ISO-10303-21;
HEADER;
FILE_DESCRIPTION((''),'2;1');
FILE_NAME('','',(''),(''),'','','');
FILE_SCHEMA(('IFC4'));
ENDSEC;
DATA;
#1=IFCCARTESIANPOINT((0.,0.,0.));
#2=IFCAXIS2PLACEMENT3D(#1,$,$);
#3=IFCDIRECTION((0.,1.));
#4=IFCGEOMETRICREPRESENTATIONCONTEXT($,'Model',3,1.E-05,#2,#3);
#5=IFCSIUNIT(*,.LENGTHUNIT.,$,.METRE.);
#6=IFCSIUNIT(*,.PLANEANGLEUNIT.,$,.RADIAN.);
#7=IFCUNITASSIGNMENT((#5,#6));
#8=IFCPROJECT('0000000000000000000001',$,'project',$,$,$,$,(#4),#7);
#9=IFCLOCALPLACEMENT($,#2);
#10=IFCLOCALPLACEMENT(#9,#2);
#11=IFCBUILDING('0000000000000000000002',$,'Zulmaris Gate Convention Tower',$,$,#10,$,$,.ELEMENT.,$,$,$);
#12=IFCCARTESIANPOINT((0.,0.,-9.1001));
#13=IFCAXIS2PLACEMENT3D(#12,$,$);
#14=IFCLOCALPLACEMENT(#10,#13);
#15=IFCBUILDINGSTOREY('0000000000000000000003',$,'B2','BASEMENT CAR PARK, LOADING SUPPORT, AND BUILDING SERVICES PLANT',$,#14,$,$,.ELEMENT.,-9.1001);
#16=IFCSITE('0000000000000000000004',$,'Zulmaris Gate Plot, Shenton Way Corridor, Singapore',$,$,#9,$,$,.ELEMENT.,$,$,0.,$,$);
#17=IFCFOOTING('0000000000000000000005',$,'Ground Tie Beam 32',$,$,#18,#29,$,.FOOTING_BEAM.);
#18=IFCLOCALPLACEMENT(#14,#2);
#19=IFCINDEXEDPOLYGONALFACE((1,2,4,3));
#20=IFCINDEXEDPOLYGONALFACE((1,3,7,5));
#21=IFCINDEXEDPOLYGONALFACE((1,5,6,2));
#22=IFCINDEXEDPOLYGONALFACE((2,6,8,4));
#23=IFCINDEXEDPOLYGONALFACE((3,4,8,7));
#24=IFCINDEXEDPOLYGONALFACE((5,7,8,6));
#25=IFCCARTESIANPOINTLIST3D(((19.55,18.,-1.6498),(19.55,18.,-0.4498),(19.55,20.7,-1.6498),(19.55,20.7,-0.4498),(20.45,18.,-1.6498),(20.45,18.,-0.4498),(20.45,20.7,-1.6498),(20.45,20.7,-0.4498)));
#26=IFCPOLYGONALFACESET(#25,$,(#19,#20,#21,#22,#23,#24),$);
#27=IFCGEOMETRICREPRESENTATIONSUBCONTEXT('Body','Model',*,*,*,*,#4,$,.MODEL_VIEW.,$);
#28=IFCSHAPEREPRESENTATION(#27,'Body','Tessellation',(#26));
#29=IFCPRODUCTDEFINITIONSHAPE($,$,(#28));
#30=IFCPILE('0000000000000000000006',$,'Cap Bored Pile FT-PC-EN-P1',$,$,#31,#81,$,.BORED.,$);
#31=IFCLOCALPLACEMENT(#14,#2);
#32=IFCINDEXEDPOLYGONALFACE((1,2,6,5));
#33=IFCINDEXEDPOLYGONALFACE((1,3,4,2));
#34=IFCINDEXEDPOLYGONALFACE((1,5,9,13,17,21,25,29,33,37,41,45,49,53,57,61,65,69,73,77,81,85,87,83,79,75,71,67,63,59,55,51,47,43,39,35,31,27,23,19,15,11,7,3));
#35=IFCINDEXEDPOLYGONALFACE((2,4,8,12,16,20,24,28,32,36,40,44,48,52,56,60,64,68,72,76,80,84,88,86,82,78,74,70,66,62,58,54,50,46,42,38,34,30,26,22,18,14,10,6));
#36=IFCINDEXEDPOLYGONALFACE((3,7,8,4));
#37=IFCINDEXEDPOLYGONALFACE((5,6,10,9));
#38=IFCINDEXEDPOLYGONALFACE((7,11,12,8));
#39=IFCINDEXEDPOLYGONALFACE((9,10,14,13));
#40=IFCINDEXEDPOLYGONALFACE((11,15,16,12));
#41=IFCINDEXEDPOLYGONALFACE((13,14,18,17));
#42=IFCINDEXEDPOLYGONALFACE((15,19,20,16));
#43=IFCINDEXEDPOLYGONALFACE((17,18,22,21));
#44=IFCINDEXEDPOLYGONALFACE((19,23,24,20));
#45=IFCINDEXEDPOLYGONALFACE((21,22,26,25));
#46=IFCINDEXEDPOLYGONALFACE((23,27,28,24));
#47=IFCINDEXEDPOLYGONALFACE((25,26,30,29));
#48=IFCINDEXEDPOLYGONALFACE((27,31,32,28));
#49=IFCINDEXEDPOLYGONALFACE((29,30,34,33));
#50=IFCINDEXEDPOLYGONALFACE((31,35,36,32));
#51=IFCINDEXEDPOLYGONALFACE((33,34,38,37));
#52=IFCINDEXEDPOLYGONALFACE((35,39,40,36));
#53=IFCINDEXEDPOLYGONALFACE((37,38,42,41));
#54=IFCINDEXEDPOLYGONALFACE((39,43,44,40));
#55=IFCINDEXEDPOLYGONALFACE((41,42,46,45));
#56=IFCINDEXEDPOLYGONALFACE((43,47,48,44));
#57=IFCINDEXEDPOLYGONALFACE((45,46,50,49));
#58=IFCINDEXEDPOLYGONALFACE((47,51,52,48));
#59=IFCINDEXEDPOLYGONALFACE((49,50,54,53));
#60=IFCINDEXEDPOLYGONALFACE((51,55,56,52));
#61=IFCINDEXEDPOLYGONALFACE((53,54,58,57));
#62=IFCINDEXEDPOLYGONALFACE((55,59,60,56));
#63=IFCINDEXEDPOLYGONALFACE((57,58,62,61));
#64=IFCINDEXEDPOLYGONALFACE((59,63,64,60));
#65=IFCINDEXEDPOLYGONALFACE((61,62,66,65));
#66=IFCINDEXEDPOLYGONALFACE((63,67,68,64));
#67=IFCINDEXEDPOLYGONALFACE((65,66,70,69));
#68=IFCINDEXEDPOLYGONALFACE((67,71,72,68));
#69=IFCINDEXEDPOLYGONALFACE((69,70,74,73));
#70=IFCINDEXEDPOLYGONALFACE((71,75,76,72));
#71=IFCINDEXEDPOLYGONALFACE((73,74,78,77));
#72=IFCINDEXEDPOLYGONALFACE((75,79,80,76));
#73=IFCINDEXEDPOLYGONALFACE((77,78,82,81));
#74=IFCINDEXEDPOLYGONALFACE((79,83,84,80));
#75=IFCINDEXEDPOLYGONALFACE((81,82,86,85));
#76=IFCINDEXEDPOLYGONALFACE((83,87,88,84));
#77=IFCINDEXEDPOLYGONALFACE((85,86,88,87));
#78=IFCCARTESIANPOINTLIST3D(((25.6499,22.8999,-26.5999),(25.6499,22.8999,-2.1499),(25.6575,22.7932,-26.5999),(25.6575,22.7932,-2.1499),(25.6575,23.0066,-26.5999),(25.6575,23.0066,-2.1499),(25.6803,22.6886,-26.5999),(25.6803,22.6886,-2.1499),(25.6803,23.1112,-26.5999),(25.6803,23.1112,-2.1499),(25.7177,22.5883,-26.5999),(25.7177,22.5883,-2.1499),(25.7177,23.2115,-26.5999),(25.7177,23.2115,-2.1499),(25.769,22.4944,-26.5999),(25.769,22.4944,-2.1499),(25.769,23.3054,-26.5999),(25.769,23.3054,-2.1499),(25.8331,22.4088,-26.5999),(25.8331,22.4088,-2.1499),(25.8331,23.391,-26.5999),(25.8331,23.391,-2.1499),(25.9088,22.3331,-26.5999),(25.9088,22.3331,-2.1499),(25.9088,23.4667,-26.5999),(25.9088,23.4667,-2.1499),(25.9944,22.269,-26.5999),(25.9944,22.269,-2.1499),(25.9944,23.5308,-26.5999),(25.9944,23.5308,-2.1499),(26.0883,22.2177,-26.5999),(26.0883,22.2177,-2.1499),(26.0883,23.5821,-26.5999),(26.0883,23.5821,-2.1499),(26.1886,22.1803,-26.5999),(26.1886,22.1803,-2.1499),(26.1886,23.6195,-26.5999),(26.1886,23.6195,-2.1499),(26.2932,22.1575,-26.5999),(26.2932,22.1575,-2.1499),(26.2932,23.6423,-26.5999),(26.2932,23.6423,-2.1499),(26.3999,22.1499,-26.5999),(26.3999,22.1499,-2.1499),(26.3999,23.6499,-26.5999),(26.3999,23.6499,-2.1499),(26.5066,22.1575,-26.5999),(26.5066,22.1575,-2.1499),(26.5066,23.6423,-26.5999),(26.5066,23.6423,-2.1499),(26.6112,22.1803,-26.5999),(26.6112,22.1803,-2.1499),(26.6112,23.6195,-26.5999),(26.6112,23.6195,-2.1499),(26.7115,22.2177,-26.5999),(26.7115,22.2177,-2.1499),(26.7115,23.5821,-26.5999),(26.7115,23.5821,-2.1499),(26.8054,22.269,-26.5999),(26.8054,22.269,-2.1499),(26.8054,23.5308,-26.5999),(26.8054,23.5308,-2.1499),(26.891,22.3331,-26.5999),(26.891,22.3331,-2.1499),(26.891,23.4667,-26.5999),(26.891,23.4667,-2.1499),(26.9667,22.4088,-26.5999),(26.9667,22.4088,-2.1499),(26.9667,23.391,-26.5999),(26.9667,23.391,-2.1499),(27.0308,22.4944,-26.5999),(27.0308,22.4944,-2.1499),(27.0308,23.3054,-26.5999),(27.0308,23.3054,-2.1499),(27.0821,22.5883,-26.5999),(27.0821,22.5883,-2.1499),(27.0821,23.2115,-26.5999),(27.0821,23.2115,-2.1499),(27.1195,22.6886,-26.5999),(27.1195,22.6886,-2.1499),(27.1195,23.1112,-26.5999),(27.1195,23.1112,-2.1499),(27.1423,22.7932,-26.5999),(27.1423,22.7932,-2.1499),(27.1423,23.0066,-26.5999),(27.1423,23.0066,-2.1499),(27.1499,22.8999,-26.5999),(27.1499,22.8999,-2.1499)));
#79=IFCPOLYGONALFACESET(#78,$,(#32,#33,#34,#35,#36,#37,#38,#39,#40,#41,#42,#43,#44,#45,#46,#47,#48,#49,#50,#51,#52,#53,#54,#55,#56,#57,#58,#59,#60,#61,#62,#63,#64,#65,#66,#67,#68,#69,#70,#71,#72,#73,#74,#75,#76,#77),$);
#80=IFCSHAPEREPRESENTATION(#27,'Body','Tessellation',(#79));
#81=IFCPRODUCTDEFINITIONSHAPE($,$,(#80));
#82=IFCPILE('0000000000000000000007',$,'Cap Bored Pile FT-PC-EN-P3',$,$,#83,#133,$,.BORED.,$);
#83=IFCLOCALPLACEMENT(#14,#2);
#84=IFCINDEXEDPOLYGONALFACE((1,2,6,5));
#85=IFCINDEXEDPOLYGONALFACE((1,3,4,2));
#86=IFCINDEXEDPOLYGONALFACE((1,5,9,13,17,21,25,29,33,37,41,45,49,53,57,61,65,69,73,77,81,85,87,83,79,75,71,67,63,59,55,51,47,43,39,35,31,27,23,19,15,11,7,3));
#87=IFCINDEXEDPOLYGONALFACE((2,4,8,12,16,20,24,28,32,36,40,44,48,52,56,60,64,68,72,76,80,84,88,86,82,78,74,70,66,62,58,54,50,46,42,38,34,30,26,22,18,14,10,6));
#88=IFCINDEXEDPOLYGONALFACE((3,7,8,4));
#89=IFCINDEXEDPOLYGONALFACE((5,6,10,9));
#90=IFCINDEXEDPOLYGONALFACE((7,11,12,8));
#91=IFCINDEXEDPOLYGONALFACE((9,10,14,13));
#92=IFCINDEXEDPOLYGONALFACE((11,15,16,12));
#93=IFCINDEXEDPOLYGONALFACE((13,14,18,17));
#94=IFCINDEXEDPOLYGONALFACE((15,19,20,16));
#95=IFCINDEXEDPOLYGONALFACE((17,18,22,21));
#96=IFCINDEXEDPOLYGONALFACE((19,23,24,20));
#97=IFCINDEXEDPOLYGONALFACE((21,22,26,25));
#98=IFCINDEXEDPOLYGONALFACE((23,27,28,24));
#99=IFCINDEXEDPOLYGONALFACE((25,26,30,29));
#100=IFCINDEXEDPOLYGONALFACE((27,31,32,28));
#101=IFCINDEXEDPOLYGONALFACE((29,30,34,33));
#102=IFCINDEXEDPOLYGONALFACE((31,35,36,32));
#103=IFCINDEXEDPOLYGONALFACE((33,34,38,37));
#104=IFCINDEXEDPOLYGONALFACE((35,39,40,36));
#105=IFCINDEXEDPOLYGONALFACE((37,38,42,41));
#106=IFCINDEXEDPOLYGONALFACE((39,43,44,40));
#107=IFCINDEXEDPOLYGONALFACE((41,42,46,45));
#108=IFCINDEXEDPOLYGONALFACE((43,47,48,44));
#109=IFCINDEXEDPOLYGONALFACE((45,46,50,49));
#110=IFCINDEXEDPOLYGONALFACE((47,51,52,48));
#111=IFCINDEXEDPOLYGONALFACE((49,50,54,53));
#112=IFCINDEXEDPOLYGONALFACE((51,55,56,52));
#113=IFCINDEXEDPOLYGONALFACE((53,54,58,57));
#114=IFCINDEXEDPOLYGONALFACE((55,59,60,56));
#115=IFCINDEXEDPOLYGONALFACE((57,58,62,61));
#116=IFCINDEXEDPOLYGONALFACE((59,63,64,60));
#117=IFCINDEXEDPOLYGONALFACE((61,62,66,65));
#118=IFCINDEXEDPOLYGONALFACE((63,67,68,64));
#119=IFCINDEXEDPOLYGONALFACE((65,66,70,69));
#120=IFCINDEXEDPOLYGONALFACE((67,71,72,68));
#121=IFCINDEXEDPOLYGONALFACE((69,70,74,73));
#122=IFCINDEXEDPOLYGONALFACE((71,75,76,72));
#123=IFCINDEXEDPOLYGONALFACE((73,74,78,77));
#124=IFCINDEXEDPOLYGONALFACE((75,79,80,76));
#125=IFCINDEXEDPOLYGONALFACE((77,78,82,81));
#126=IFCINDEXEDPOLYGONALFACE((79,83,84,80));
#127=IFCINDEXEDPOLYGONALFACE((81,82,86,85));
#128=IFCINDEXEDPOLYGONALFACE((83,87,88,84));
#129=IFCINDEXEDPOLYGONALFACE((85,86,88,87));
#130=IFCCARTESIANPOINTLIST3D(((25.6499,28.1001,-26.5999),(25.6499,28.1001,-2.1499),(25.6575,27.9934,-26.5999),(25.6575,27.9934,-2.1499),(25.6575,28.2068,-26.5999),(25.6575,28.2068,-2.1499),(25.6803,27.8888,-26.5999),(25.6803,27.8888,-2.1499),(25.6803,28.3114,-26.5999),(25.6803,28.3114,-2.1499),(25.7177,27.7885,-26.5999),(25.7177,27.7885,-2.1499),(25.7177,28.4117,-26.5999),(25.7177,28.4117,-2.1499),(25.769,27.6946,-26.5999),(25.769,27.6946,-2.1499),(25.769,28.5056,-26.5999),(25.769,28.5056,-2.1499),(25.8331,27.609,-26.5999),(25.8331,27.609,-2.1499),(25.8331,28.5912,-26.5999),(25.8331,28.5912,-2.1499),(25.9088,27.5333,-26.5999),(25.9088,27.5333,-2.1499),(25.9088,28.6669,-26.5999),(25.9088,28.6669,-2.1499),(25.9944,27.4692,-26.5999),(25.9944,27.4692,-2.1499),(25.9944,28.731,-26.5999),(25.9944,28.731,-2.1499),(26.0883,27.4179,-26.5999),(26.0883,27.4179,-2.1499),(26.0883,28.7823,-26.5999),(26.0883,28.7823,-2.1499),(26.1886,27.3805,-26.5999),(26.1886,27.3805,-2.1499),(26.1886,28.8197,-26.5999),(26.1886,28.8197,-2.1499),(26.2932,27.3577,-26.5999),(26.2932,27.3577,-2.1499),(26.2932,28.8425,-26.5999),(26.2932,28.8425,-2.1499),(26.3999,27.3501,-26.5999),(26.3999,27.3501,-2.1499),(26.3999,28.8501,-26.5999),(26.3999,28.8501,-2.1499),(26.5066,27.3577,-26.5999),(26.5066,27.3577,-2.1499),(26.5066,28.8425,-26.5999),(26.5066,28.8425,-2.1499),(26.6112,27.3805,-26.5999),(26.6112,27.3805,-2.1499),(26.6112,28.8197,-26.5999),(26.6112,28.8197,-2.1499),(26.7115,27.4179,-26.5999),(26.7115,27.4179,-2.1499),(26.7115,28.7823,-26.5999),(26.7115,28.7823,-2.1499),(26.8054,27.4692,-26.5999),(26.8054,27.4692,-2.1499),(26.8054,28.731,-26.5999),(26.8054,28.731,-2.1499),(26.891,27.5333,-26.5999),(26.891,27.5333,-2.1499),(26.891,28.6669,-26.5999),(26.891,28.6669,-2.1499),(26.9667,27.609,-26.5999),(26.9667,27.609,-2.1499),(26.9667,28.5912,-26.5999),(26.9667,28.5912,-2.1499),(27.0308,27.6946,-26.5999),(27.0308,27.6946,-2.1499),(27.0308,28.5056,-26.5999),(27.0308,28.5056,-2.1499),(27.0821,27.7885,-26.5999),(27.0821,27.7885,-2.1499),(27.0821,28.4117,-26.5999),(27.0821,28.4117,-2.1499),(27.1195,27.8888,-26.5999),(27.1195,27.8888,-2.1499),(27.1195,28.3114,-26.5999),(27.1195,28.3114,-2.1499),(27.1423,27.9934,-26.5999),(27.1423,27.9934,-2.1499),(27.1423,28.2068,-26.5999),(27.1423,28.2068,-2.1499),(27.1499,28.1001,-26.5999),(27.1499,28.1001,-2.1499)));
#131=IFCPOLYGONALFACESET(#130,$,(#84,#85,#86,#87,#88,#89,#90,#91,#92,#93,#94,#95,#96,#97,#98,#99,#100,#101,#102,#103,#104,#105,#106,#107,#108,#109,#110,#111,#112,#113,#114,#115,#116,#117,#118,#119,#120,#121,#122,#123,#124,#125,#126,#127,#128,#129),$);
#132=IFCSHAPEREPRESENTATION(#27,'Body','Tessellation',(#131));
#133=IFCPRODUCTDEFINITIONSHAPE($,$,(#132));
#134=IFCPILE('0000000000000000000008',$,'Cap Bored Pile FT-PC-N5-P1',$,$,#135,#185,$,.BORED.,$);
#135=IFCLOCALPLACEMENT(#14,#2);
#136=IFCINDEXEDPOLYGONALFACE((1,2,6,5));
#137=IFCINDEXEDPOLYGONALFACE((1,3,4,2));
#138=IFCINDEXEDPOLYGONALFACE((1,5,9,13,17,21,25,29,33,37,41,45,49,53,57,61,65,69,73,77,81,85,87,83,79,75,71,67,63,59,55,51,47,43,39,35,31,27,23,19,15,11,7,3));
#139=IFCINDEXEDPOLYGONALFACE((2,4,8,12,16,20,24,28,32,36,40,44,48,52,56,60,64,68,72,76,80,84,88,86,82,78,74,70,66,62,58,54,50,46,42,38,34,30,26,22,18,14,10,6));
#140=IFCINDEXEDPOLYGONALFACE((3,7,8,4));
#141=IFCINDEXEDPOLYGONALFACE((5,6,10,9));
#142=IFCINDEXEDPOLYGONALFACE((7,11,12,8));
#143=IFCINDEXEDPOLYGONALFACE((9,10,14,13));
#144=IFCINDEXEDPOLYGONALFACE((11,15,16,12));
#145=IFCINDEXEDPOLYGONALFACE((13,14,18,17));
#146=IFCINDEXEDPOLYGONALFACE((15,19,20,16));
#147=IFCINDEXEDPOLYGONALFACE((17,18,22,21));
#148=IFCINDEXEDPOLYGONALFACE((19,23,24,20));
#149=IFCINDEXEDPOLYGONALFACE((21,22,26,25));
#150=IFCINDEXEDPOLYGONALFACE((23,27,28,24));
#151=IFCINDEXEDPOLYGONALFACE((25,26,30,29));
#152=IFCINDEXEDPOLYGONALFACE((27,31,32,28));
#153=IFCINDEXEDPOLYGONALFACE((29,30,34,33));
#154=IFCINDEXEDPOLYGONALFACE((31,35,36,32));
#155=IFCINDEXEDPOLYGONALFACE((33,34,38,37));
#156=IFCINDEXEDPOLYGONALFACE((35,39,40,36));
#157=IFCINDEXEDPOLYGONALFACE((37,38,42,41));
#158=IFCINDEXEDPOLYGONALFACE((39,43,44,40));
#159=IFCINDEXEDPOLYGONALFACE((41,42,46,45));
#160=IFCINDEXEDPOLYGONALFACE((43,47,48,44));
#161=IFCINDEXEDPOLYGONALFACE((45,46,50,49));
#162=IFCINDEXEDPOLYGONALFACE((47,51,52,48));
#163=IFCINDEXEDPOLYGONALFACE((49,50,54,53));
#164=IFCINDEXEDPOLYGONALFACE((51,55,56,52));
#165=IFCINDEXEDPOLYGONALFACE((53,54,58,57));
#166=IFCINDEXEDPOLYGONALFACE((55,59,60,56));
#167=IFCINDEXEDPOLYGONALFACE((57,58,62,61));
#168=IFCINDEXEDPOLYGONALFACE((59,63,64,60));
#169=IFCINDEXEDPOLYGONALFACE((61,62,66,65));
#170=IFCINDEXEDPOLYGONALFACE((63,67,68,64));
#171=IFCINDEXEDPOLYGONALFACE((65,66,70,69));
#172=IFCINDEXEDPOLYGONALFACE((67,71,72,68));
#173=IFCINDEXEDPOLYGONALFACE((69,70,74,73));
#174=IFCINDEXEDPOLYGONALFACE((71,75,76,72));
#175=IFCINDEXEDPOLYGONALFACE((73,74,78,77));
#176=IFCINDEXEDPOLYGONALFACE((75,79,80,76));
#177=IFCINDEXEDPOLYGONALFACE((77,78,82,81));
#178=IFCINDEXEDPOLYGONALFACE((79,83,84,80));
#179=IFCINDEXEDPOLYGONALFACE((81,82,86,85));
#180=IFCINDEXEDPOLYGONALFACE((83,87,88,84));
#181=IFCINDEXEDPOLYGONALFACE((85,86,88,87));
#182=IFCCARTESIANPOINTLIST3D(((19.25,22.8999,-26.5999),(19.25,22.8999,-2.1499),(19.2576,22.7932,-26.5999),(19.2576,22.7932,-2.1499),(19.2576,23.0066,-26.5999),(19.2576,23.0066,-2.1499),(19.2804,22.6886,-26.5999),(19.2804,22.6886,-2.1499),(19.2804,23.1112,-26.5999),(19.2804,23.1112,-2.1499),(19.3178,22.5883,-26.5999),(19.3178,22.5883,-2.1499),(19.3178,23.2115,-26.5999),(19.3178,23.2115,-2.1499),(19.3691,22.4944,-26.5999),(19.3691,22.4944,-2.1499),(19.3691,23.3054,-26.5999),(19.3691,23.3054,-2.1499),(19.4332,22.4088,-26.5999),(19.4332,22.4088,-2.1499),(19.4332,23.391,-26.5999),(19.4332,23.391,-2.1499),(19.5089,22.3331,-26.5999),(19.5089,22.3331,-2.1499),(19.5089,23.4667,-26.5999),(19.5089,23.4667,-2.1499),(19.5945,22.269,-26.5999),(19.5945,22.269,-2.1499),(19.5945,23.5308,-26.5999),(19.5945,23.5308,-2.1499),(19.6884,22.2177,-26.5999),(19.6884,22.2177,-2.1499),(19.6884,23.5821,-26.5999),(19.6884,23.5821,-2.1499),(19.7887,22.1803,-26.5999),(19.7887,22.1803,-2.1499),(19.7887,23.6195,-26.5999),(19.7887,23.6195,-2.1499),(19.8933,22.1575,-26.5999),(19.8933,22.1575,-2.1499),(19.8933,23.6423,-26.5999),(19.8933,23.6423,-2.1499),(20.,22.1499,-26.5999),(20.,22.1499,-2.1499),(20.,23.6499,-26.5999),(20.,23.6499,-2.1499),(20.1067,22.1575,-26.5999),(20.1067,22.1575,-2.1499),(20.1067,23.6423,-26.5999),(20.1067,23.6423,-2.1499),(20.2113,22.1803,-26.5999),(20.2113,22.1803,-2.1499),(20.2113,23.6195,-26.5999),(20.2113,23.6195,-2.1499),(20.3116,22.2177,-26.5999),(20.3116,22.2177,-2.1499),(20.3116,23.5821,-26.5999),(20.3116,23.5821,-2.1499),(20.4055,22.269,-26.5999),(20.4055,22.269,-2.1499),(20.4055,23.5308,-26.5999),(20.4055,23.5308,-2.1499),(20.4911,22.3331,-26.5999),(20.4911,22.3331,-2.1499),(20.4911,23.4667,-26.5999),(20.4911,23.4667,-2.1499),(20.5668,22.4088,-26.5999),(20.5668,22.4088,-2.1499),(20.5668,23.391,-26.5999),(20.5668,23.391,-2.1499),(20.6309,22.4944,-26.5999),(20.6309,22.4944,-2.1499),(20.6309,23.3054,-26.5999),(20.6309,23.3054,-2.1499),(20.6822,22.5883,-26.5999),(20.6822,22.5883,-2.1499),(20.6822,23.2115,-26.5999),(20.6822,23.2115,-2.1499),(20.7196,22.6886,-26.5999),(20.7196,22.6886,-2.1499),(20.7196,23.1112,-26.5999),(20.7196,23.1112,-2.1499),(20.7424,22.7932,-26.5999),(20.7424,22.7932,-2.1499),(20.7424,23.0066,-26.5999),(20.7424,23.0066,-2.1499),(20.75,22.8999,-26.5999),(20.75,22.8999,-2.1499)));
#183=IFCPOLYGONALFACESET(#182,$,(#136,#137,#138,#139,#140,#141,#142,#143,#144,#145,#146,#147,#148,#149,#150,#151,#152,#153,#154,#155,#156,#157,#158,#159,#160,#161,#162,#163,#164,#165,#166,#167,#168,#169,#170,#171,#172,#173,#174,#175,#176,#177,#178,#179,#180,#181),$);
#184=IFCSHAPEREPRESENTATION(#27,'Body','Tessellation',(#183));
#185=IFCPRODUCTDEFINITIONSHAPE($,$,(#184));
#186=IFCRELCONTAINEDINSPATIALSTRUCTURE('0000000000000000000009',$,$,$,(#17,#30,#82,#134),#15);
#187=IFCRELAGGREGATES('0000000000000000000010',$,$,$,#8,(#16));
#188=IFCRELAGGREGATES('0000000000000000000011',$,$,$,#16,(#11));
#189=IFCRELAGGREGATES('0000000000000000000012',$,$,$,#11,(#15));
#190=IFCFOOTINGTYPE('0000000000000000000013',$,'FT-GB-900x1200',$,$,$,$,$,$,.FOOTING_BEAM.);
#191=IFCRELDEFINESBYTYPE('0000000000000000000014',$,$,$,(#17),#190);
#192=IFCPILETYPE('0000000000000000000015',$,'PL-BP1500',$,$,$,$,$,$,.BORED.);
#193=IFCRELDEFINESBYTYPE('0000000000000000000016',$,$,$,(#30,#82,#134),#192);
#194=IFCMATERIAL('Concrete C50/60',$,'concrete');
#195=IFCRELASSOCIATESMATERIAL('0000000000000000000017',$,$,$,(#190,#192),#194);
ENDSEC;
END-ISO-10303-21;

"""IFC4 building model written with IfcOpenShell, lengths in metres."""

from ifc_helpers import new_model, si_unit, direction, frame, origin, origin_2d, place, context, subcontext, project, spatial, rectangle, circle, extrude, material, material_profile, profile_set, type_object, element, save


model = new_model("IFC4")

# Units and contexts
model_context = context("Model", 3, precision=1e-05, world=origin(), true_north=direction((0.0, 1.0)))
body_context = subcontext(model_context, "Body", "Model", "MODEL_VIEW")
ifc_project = project(units=[si_unit("LENGTHUNIT", "METRE"), si_unit("PLANEANGLEUNIT", "RADIAN")], contexts=[model_context])

# Site, building, storey
site_placement = place(None, origin())
site = spatial("IfcSite", under=ifc_project, at=site_placement, Name="Zulmaris Gate Plot, Shenton Way Corridor, Singapore", CompositionType="ELEMENT", RefElevation=0.0)
building_placement = place(site_placement, origin())
building = spatial("IfcBuilding", under=site, at=building_placement, Name="Zulmaris Gate Convention Tower", CompositionType="ELEMENT")
storey_placement = place(building_placement, frame((0.0, 0.0, -9.1001)))
storey = spatial("IfcBuildingStorey", under=building, at=storey_placement, Name="B2", Description="BASEMENT CAR PARK, LOADING SUPPORT, AND BUILDING SERVICES PLANT", CompositionType="ELEMENT", Elevation=-9.1001)

# Footing
ifc_material_1 = material(Name="Concrete C50/60", Category="concrete")
ifc_material_profile_1 = material_profile(ifc_material_1, rectangle(XDim=0.8999, YDim=1.2, at=origin_2d()), Name="RC TIE 900x1200")
ifc_profile_set_1 = profile_set([ifc_material_profile_1], Name="Concrete C50/60")
footing_type = type_object("IfcFootingType", Name="FT-GB-900x1200", PredefinedType="FOOTING_BEAM", material=ifc_profile_set_1)
footing_placement = place(storey_placement, frame((20.0, 18.0, -1.0498), z_axis=(0.0, 1.0, 0.0), x_axis=(-1.0, 0.0, 0.0)))
element("IfcFooting", 1, at=footing_placement, inside=storey, type_object=footing_type, Name="Ground Tie Beam 32", PredefinedType="FOOTING_BEAM", context=body_context, shape_type="SweptSolid", body=[
    extrude(rectangle(XDim=0.8999, YDim=1.2, at=origin_2d()), origin(), (0.0, 0.0, 1.0), 2.7),
])

# Piles
ifc_material_profile_2 = material_profile(ifc_material_1, circle(Radius=0.75, at=origin_2d()), Name="BORED PILE 1500")
ifc_profile_set_2 = profile_set([ifc_material_profile_2], Name="Concrete C50/60")
pile_type = type_object("IfcPileType", Name="PL-BP1500", PredefinedType="BORED", material=ifc_profile_set_2)
for number, where, z_axis, x_axis, name in (
    (2, (26.3999, 22.8999, -2.1499), (0.0, 0.0, -1.0), (1.0, 0.0, 0.0), "Cap Bored Pile FT-PC-EN-P1"),
    (3, (26.3999, 28.1001, -2.1499), (0.0, 0.0, -1.0), (1.0, 0.0, 0.0), "Cap Bored Pile FT-PC-EN-P3"),
    (4, (20.0, 22.8999, -2.1499), (0.0, 0.0, -1.0), (1.0, 0.0, 0.0), "Cap Bored Pile FT-PC-N5-P1"),
):
    element("IfcPile", number, at=place(storey_placement, frame(where, z_axis=z_axis, x_axis=x_axis)), inside=storey, type_object=pile_type, Name=name, PredefinedType="BORED", context=body_context, shape_type="SweptSolid", body=[
        extrude(circle(Radius=0.75, at=origin_2d()), origin(), (0.0, 0.0, 1.0), 24.45),
    ])

save(model, "model.ifc")
